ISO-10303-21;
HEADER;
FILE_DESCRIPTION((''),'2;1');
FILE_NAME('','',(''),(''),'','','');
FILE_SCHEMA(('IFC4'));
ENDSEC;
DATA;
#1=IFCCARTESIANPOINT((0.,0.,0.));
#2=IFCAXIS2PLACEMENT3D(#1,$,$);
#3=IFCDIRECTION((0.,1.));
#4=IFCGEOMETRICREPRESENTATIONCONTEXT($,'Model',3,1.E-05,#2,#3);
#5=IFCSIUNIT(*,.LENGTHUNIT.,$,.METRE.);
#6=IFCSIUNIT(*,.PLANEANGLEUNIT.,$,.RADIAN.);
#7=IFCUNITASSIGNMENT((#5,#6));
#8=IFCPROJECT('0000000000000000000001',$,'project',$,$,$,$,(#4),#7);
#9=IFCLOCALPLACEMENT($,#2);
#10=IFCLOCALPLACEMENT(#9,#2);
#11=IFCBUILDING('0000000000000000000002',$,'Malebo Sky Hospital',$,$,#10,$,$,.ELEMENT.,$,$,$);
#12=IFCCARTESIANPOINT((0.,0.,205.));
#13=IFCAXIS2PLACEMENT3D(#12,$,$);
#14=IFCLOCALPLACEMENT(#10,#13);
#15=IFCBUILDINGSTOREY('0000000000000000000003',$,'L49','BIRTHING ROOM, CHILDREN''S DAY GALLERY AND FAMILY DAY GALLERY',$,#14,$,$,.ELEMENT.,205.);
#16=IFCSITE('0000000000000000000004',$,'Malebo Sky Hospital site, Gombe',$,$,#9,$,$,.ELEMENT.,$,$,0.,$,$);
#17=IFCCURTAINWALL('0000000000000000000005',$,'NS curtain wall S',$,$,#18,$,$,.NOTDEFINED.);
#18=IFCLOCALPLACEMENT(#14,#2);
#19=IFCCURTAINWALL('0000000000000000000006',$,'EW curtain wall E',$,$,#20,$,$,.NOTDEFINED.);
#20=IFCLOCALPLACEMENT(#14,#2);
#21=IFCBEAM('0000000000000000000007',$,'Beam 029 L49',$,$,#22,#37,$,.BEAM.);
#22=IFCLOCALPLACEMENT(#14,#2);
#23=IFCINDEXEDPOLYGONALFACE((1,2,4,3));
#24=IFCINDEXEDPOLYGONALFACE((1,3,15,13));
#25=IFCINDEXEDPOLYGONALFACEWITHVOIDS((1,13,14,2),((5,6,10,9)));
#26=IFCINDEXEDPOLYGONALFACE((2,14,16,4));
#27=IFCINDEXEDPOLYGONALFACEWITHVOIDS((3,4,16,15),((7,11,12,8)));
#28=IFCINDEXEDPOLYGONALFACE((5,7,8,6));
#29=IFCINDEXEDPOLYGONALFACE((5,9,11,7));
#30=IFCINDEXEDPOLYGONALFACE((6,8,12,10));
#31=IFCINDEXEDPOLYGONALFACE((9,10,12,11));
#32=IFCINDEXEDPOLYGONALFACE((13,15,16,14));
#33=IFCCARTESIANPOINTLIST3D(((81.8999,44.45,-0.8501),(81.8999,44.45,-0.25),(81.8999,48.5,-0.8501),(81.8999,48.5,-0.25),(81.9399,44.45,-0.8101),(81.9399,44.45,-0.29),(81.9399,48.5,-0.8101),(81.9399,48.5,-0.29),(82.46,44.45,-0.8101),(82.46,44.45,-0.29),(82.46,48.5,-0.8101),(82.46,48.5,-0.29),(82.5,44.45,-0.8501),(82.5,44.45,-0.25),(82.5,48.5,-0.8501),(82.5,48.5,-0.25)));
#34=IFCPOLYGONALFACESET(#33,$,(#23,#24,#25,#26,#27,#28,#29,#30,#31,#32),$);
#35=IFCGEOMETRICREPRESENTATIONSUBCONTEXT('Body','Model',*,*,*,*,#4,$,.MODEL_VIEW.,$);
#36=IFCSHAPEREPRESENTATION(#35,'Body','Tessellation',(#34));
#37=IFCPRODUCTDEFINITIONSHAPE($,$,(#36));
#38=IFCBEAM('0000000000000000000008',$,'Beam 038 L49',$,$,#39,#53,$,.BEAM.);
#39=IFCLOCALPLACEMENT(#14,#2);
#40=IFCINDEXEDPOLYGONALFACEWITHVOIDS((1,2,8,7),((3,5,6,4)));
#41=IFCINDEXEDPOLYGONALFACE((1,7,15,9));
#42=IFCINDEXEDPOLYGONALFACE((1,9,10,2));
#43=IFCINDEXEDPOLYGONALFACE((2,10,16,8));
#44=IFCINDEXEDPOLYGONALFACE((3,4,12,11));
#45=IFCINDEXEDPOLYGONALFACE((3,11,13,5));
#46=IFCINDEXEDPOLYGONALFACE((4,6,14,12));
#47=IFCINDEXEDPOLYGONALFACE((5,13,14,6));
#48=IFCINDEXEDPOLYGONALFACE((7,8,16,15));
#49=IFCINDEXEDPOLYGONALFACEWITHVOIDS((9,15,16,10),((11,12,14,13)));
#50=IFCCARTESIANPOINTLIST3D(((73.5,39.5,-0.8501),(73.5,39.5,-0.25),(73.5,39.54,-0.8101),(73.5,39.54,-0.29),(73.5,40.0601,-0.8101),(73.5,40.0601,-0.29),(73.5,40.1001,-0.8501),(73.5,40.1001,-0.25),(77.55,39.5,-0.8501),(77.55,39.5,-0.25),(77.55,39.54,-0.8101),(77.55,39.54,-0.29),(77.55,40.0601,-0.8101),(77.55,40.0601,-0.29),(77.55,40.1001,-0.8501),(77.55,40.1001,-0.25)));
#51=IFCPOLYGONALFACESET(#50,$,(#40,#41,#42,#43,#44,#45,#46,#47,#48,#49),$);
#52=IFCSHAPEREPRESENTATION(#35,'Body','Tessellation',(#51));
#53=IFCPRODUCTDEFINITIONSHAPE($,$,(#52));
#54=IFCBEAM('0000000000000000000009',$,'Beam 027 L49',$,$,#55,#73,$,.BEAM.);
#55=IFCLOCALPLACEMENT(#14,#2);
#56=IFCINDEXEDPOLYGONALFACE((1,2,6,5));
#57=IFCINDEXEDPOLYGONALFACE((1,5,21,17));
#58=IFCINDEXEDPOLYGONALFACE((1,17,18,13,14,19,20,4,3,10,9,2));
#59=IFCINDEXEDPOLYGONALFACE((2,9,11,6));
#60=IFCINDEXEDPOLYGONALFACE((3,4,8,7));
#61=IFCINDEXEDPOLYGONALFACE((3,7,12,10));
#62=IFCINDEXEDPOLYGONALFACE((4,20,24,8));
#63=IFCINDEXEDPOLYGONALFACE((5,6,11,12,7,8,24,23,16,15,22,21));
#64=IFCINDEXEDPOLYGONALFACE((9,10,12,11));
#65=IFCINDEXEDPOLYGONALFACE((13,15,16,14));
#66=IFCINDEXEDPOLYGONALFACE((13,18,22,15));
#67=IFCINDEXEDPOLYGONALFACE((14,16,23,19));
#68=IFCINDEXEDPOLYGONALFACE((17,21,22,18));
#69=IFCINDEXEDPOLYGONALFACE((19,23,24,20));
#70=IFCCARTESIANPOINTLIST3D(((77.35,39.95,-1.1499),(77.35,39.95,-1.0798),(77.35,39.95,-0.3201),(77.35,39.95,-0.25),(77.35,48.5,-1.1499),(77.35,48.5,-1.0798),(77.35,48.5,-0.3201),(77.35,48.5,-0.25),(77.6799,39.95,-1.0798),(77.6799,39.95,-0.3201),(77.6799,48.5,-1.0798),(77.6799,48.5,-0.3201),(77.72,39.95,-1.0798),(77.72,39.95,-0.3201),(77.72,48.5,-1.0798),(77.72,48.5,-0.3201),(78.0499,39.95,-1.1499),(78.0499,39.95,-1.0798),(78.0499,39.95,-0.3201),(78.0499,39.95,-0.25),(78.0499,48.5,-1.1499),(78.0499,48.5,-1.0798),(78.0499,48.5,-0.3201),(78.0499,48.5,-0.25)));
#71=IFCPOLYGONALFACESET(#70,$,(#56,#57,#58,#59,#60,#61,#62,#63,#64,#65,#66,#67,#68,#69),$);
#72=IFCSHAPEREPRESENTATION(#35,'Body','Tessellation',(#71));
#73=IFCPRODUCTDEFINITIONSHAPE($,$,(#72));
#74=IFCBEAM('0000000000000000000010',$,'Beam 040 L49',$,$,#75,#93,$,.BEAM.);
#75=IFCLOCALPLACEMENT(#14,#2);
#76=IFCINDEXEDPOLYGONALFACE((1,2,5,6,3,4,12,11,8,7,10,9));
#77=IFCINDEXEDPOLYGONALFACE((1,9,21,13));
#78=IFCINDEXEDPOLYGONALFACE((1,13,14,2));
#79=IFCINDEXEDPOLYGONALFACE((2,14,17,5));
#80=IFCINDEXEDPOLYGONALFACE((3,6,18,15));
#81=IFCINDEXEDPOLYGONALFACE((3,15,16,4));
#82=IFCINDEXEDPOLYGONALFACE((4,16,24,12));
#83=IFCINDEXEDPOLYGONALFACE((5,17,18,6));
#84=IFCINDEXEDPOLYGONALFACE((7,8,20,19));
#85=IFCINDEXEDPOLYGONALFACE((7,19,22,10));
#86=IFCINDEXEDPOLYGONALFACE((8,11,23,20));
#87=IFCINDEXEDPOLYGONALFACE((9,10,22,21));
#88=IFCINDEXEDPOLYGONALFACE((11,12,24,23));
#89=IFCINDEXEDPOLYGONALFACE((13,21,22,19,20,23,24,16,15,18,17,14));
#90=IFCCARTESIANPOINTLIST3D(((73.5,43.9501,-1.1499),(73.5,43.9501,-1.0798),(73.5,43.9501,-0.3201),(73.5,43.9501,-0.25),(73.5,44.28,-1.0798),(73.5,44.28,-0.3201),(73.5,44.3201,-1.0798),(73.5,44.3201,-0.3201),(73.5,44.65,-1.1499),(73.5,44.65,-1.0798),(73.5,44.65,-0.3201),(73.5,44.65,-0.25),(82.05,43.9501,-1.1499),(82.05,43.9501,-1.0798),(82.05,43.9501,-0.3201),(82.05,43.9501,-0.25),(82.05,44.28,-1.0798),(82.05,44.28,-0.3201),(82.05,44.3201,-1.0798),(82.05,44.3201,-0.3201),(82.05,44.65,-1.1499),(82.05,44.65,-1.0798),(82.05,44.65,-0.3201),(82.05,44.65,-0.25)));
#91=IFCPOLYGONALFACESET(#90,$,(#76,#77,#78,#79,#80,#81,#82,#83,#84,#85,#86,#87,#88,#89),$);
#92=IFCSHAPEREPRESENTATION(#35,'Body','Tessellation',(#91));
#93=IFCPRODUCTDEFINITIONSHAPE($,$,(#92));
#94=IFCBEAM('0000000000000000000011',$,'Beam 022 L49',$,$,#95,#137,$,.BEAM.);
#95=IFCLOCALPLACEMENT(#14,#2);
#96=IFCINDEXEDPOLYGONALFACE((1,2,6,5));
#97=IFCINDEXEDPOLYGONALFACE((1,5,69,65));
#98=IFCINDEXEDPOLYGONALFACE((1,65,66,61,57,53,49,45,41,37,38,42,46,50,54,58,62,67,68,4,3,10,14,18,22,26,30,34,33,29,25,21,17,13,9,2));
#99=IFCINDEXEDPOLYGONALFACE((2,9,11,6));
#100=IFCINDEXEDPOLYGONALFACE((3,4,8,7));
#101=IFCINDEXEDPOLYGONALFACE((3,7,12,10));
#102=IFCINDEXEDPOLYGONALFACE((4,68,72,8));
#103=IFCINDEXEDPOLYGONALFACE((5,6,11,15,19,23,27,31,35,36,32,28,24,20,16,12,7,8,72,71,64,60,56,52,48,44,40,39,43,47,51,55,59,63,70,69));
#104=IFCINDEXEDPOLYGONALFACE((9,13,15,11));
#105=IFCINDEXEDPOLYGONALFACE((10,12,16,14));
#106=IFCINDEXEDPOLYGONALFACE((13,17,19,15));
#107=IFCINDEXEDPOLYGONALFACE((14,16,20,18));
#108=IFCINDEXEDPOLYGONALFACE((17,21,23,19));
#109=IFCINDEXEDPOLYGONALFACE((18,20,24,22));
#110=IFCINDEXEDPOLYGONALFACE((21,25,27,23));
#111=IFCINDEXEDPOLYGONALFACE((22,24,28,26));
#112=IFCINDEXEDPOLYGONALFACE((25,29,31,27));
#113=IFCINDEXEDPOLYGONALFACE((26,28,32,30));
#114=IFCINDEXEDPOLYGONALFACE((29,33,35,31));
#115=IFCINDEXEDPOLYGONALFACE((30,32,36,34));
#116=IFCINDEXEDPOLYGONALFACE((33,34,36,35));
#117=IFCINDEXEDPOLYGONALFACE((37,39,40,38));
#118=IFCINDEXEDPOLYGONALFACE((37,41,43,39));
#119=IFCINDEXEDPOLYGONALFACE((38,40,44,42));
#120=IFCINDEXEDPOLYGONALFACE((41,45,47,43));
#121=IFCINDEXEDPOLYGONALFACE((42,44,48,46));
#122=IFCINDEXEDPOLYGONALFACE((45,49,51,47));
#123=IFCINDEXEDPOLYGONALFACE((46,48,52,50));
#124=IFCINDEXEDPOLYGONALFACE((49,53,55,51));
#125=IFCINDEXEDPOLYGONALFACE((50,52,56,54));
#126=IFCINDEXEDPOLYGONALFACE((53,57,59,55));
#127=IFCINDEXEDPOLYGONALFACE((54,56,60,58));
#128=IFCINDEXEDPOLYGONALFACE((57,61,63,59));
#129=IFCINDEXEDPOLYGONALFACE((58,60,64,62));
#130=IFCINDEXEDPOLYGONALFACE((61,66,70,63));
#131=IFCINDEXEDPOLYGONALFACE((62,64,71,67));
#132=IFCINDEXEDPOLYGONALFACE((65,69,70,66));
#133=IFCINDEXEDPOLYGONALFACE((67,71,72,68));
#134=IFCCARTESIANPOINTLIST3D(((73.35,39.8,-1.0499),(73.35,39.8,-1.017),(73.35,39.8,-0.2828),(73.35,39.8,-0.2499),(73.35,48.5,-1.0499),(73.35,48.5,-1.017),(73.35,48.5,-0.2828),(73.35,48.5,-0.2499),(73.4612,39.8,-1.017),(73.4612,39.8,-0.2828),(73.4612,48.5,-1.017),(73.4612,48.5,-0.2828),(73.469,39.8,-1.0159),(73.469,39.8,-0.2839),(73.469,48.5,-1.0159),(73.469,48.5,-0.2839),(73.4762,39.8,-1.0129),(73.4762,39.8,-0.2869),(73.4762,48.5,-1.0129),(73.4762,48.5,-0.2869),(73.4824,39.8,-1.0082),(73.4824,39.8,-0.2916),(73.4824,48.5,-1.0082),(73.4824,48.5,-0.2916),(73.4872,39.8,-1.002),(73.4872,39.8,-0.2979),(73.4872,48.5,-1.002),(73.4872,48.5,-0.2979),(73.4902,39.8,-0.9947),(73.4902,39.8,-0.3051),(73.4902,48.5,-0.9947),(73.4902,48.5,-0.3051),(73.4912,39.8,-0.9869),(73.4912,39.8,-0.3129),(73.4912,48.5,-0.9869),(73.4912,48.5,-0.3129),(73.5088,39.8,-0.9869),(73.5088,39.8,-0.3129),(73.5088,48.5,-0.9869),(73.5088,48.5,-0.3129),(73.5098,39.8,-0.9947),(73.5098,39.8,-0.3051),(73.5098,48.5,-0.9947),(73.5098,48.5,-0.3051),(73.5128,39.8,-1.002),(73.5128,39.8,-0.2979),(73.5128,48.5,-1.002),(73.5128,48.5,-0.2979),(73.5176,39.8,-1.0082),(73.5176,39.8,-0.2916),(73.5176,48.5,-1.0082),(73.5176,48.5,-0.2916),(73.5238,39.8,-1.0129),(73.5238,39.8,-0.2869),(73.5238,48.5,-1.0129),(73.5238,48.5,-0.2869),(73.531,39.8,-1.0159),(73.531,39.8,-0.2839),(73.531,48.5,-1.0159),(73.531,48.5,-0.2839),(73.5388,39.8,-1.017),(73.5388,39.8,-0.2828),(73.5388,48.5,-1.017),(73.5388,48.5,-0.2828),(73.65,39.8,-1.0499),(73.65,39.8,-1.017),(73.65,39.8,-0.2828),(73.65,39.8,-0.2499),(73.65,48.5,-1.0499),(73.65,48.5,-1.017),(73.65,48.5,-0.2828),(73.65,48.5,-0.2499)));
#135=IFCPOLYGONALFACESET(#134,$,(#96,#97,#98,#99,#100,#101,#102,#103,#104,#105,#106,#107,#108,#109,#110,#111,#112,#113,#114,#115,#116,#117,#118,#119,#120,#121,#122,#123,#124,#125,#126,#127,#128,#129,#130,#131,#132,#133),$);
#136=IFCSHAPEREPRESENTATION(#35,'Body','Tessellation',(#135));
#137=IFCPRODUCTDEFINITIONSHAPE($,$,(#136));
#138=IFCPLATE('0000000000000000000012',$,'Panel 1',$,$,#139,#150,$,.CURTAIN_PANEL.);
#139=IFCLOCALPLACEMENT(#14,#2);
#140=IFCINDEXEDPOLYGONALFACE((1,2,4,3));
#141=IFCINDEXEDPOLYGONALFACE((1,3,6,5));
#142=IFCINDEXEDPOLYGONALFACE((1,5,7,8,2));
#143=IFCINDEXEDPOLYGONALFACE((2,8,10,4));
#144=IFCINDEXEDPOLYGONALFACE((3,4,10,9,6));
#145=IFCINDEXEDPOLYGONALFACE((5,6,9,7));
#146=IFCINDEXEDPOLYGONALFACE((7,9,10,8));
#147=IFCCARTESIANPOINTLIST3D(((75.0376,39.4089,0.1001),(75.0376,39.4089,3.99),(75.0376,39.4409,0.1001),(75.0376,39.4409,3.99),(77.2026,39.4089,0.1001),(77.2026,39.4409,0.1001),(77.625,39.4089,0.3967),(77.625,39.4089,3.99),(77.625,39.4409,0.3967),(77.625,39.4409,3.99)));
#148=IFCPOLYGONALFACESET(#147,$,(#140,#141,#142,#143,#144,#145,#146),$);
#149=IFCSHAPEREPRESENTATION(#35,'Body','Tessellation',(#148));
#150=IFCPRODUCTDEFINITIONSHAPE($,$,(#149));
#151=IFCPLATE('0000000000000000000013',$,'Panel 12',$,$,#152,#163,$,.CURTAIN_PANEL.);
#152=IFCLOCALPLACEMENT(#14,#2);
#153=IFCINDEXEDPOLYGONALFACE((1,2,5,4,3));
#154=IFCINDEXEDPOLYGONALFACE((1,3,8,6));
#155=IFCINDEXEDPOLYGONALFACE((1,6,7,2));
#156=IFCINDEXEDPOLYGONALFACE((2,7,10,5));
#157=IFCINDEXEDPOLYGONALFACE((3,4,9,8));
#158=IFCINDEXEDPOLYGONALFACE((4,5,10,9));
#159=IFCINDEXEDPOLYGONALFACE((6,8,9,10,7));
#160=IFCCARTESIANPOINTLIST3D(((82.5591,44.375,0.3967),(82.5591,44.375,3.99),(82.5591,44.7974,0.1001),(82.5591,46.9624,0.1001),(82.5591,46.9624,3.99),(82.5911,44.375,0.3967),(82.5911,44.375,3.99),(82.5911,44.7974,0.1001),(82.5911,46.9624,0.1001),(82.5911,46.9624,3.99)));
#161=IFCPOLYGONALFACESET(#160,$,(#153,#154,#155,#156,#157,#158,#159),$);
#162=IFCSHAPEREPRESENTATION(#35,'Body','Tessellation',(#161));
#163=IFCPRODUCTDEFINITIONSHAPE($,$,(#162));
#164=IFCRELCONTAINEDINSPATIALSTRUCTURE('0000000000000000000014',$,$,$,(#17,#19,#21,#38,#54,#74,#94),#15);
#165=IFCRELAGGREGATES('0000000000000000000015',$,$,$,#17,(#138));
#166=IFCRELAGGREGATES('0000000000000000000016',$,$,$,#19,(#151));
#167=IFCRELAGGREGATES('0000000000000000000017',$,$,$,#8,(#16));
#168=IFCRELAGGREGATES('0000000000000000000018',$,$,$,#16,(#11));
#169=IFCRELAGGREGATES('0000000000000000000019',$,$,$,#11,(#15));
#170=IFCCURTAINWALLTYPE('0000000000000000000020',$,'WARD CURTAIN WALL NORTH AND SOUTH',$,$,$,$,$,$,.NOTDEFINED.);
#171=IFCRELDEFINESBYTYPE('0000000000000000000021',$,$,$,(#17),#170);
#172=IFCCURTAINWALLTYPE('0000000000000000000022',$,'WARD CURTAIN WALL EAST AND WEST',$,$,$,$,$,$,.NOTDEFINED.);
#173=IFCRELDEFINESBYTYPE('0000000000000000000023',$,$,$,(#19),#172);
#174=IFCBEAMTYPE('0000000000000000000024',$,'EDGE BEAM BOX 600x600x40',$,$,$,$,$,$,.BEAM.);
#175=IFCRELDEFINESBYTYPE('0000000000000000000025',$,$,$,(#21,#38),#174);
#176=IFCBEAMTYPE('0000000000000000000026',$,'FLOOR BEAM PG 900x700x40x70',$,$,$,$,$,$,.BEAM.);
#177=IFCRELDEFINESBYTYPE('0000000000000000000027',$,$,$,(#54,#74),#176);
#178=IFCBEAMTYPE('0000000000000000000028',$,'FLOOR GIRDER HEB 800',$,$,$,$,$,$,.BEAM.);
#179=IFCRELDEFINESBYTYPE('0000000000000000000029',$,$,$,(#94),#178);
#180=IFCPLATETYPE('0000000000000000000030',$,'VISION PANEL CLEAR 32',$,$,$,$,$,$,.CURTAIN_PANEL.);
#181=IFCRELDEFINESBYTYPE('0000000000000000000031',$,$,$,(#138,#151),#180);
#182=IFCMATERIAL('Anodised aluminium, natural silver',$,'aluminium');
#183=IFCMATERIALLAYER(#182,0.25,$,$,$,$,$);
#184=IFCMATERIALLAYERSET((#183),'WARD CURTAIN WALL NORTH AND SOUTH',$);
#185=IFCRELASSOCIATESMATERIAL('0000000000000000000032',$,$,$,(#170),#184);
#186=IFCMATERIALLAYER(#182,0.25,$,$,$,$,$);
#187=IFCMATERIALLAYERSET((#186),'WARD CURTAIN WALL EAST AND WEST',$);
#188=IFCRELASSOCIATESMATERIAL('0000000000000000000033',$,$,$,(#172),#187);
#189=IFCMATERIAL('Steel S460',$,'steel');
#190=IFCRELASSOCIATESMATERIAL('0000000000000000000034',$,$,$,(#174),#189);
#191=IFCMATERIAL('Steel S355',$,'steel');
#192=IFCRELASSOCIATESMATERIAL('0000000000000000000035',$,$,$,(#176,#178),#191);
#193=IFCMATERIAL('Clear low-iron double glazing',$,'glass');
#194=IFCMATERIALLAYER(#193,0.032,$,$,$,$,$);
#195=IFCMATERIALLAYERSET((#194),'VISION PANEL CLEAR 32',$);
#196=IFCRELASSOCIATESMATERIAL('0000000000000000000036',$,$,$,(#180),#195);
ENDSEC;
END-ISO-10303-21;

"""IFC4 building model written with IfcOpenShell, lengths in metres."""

from ifc_helpers import new_model, si_unit, direction, frame, origin, origin_2d, place, context, subcontext, project, spatial, polyline, hollow_rectangle, i_section, outline, extrude, material, layer, layer_set, material_profile, profile_set, type_object, element, aggregate, save


model = new_model("IFC4")

# Units and contexts
model_context = context("Model", 3, precision=1e-05, world=origin(), true_north=direction((0.0, 1.0)))
body_context = subcontext(model_context, "Body", "Model", "MODEL_VIEW")
ifc_project = project(units=[si_unit("LENGTHUNIT", "METRE"), si_unit("PLANEANGLEUNIT", "RADIAN")], contexts=[model_context])

# Site, building, storey
site_placement = place(None, origin())
site = spatial("IfcSite", under=ifc_project, at=site_placement, Name="Malebo Sky Hospital site, Gombe", CompositionType="ELEMENT", RefElevation=0.0)
building_placement = place(site_placement, origin())
building = spatial("IfcBuilding", under=site, at=building_placement, Name="Malebo Sky Hospital", CompositionType="ELEMENT")
storey_placement = place(building_placement, frame((0.0, 0.0, 205.0)))
storey = spatial("IfcBuildingStorey", under=building, at=storey_placement, Name="L49", Description="BIRTHING ROOM, CHILDREN'S DAY GALLERY AND FAMILY DAY GALLERY", CompositionType="ELEMENT", Elevation=205.0)

# Shared definitions
ifc_material_1 = material(Name="Steel S460", Category="steel")

# Curtain wall
ifc_material_2 = material(Name="Anodised aluminium, natural silver", Category="aluminium")
ifc_layer_1 = layer(ifc_material_2, 0.25)
ifc_layer_set_1 = layer_set([ifc_layer_1], Name="WARD CURTAIN WALL NORTH AND SOUTH")
curtain_wall_type_1 = type_object("IfcCurtainWallType", Name="WARD CURTAIN WALL NORTH AND SOUTH", PredefinedType="NOTDEFINED", material=ifc_layer_set_1)
curtain_wall_1_placement = place(storey_placement, origin())
curtain_wall_1 = element("IfcCurtainWall", 1, at=curtain_wall_1_placement, inside=storey, type_object=curtain_wall_type_1, Name="NS curtain wall S", PredefinedType="NOTDEFINED")

# Curtain wall
ifc_layer_2 = layer(ifc_material_2, 0.25)
ifc_layer_set_2 = layer_set([ifc_layer_2], Name="WARD CURTAIN WALL EAST AND WEST")
curtain_wall_type_2 = type_object("IfcCurtainWallType", Name="WARD CURTAIN WALL EAST AND WEST", PredefinedType="NOTDEFINED", material=ifc_layer_set_2)
curtain_wall_2_placement = place(storey_placement, origin())
curtain_wall_2 = element("IfcCurtainWall", 2, at=curtain_wall_2_placement, inside=storey, type_object=curtain_wall_type_2, Name="EW curtain wall E", PredefinedType="NOTDEFINED")

# Shared definitions
ifc_material_3 = material(Name="Steel S355", Category="steel")

# Beams
ifc_material_profile_1 = material_profile(ifc_material_1, hollow_rectangle(XDim=0.6001, YDim=0.6001, WallThickness=0.04, at=origin_2d()), Name="BOX 600x600x40")
ifc_profile_set_1 = profile_set([ifc_material_profile_1], Name="Steel S460")
beam_type_1 = type_object("IfcBeamType", Name="EDGE BEAM BOX 600x600x40", PredefinedType="BEAM", material=ifc_profile_set_1)
for number, where, z_axis, x_axis, name in (
    (3, (82.2, 44.45, -0.55), (0.0, 1.0, 0.0), (-1.0, 0.0, 0.0), "Beam 029 L49"),
    (4, (73.5, 39.8, -0.55), (1.0, 0.0, 0.0), (0.0, 1.0, 0.0), "Beam 038 L49"),
):
    element("IfcBeam", number, at=place(storey_placement, frame(where, z_axis=z_axis, x_axis=x_axis)), inside=storey, type_object=beam_type_1, Name=name, PredefinedType="BEAM", context=body_context, shape_type="SweptSolid", body=[
        extrude(hollow_rectangle(XDim=0.6001, YDim=0.6001, WallThickness=0.04, at=origin_2d()), origin(), (0.0, 0.0, 1.0), 4.05),
    ])
ifc_material_profile_2 = material_profile(ifc_material_3, i_section(OverallWidth=0.7, OverallDepth=0.8999, WebThickness=0.04, FlangeThickness=0.0701, at=origin_2d()), Name="PG 900x700x40x70")
ifc_profile_set_2 = profile_set([ifc_material_profile_2], Name="Steel S355")
beam_type_2 = type_object("IfcBeamType", Name="FLOOR BEAM PG 900x700x40x70", PredefinedType="BEAM", material=ifc_profile_set_2)
for number, where, z_axis, x_axis, name in (
    (5, (77.7, 39.95, -0.7), (0.0, 1.0, 0.0), (-1.0, 0.0, 0.0), "Beam 027 L49"),
    (6, (73.5, 44.3, -0.7), (1.0, 0.0, 0.0), (0.0, 1.0, 0.0), "Beam 040 L49"),
):
    element("IfcBeam", number, at=place(storey_placement, frame(where, z_axis=z_axis, x_axis=x_axis)), inside=storey, type_object=beam_type_2, Name=name, PredefinedType="BEAM", context=body_context, shape_type="SweptSolid", body=[
        extrude(i_section(OverallWidth=0.7, OverallDepth=0.8999, WebThickness=0.04, FlangeThickness=0.0701, at=origin_2d()), origin(), (0.0, 0.0, 1.0), 8.55),
    ])
ifc_material_profile_3 = material_profile(ifc_material_3, i_section(OverallWidth=0.3, OverallDepth=0.8, WebThickness=0.0176, FlangeThickness=0.033, FilletRadius=0.03, at=origin_2d()), Name="HEB 800")
ifc_profile_set_3 = profile_set([ifc_material_profile_3], Name="Steel S355")
beam_type_3 = type_object("IfcBeamType", Name="FLOOR GIRDER HEB 800", PredefinedType="BEAM", material=ifc_profile_set_3)
beam_placement = place(storey_placement, frame((73.5, 39.8, -0.6499), z_axis=(0.0, 1.0, 0.0), x_axis=(-1.0, 0.0, 0.0)))
element("IfcBeam", 7, at=beam_placement, inside=storey, type_object=beam_type_3, Name="Beam 022 L49", PredefinedType="BEAM", context=body_context, shape_type="SweptSolid", body=[
    extrude(i_section(OverallWidth=0.3, OverallDepth=0.8, WebThickness=0.0176, FlangeThickness=0.033, FilletRadius=0.03, at=origin_2d()), origin(), (0.0, 0.0, 1.0), 8.7),
])

# Plates
ifc_material_4 = material(Name="Clear low-iron double glazing", Category="glass")
ifc_layer_3 = layer(ifc_material_4, 0.032)
ifc_layer_set_3 = layer_set([ifc_layer_3], Name="VISION PANEL CLEAR 32")
plate_type = type_object("IfcPlateType", Name="VISION PANEL CLEAR 32", PredefinedType="CURTAIN_PANEL", material=ifc_layer_set_3)
plate_1_placement = place(storey_placement, frame((76.3313, 39.425, 0.1001), z_axis=(0.0, 0.0, 1.0), x_axis=(-1.0, 0.0, 0.0)))
plate_1 = element("IfcPlate", 8, at=plate_1_placement, type_object=plate_type, Name="Panel 1", PredefinedType="CURTAIN_PANEL", context=body_context, shape_type="SweptSolid", body=[
    extrude(outline(polyline([(-0.8713, 0.0), (1.2937, 0.0), (1.2937, 3.8899), (-1.2937, 3.8899), (-1.2937, 0.2966), (-0.8713, 0.0)])), frame((0.0, 0.0161, 0.0), z_axis=(0.0, -1.0, 0.0), x_axis=(1.0, 0.0, 0.0)), (0.0, 0.0, 1.0), 0.032),
])
aggregate(curtain_wall_1, [plate_1])
plate_2_placement = place(storey_placement, frame((82.575, 45.6687, 0.1001), z_axis=(0.0, 0.0, 1.0), x_axis=(0.0, -1.0, 0.0)))
plate_2 = element("IfcPlate", 9, at=plate_2_placement, type_object=plate_type, Name="Panel 12", PredefinedType="CURTAIN_PANEL", context=body_context, shape_type="SweptSolid", body=[
    extrude(outline(polyline([(-1.2937, 0.0), (0.8713, 0.0), (1.2937, 0.2966), (1.2937, 3.8899), (-1.2937, 3.8899), (-1.2937, 0.0)])), frame((0.0, 0.0161, 0.0), z_axis=(0.0, -1.0, 0.0), x_axis=(1.0, 0.0, 0.0)), (0.0, 0.0, 1.0), 0.032),
])
aggregate(curtain_wall_2, [plate_2])

save(model, "model.ifc")
